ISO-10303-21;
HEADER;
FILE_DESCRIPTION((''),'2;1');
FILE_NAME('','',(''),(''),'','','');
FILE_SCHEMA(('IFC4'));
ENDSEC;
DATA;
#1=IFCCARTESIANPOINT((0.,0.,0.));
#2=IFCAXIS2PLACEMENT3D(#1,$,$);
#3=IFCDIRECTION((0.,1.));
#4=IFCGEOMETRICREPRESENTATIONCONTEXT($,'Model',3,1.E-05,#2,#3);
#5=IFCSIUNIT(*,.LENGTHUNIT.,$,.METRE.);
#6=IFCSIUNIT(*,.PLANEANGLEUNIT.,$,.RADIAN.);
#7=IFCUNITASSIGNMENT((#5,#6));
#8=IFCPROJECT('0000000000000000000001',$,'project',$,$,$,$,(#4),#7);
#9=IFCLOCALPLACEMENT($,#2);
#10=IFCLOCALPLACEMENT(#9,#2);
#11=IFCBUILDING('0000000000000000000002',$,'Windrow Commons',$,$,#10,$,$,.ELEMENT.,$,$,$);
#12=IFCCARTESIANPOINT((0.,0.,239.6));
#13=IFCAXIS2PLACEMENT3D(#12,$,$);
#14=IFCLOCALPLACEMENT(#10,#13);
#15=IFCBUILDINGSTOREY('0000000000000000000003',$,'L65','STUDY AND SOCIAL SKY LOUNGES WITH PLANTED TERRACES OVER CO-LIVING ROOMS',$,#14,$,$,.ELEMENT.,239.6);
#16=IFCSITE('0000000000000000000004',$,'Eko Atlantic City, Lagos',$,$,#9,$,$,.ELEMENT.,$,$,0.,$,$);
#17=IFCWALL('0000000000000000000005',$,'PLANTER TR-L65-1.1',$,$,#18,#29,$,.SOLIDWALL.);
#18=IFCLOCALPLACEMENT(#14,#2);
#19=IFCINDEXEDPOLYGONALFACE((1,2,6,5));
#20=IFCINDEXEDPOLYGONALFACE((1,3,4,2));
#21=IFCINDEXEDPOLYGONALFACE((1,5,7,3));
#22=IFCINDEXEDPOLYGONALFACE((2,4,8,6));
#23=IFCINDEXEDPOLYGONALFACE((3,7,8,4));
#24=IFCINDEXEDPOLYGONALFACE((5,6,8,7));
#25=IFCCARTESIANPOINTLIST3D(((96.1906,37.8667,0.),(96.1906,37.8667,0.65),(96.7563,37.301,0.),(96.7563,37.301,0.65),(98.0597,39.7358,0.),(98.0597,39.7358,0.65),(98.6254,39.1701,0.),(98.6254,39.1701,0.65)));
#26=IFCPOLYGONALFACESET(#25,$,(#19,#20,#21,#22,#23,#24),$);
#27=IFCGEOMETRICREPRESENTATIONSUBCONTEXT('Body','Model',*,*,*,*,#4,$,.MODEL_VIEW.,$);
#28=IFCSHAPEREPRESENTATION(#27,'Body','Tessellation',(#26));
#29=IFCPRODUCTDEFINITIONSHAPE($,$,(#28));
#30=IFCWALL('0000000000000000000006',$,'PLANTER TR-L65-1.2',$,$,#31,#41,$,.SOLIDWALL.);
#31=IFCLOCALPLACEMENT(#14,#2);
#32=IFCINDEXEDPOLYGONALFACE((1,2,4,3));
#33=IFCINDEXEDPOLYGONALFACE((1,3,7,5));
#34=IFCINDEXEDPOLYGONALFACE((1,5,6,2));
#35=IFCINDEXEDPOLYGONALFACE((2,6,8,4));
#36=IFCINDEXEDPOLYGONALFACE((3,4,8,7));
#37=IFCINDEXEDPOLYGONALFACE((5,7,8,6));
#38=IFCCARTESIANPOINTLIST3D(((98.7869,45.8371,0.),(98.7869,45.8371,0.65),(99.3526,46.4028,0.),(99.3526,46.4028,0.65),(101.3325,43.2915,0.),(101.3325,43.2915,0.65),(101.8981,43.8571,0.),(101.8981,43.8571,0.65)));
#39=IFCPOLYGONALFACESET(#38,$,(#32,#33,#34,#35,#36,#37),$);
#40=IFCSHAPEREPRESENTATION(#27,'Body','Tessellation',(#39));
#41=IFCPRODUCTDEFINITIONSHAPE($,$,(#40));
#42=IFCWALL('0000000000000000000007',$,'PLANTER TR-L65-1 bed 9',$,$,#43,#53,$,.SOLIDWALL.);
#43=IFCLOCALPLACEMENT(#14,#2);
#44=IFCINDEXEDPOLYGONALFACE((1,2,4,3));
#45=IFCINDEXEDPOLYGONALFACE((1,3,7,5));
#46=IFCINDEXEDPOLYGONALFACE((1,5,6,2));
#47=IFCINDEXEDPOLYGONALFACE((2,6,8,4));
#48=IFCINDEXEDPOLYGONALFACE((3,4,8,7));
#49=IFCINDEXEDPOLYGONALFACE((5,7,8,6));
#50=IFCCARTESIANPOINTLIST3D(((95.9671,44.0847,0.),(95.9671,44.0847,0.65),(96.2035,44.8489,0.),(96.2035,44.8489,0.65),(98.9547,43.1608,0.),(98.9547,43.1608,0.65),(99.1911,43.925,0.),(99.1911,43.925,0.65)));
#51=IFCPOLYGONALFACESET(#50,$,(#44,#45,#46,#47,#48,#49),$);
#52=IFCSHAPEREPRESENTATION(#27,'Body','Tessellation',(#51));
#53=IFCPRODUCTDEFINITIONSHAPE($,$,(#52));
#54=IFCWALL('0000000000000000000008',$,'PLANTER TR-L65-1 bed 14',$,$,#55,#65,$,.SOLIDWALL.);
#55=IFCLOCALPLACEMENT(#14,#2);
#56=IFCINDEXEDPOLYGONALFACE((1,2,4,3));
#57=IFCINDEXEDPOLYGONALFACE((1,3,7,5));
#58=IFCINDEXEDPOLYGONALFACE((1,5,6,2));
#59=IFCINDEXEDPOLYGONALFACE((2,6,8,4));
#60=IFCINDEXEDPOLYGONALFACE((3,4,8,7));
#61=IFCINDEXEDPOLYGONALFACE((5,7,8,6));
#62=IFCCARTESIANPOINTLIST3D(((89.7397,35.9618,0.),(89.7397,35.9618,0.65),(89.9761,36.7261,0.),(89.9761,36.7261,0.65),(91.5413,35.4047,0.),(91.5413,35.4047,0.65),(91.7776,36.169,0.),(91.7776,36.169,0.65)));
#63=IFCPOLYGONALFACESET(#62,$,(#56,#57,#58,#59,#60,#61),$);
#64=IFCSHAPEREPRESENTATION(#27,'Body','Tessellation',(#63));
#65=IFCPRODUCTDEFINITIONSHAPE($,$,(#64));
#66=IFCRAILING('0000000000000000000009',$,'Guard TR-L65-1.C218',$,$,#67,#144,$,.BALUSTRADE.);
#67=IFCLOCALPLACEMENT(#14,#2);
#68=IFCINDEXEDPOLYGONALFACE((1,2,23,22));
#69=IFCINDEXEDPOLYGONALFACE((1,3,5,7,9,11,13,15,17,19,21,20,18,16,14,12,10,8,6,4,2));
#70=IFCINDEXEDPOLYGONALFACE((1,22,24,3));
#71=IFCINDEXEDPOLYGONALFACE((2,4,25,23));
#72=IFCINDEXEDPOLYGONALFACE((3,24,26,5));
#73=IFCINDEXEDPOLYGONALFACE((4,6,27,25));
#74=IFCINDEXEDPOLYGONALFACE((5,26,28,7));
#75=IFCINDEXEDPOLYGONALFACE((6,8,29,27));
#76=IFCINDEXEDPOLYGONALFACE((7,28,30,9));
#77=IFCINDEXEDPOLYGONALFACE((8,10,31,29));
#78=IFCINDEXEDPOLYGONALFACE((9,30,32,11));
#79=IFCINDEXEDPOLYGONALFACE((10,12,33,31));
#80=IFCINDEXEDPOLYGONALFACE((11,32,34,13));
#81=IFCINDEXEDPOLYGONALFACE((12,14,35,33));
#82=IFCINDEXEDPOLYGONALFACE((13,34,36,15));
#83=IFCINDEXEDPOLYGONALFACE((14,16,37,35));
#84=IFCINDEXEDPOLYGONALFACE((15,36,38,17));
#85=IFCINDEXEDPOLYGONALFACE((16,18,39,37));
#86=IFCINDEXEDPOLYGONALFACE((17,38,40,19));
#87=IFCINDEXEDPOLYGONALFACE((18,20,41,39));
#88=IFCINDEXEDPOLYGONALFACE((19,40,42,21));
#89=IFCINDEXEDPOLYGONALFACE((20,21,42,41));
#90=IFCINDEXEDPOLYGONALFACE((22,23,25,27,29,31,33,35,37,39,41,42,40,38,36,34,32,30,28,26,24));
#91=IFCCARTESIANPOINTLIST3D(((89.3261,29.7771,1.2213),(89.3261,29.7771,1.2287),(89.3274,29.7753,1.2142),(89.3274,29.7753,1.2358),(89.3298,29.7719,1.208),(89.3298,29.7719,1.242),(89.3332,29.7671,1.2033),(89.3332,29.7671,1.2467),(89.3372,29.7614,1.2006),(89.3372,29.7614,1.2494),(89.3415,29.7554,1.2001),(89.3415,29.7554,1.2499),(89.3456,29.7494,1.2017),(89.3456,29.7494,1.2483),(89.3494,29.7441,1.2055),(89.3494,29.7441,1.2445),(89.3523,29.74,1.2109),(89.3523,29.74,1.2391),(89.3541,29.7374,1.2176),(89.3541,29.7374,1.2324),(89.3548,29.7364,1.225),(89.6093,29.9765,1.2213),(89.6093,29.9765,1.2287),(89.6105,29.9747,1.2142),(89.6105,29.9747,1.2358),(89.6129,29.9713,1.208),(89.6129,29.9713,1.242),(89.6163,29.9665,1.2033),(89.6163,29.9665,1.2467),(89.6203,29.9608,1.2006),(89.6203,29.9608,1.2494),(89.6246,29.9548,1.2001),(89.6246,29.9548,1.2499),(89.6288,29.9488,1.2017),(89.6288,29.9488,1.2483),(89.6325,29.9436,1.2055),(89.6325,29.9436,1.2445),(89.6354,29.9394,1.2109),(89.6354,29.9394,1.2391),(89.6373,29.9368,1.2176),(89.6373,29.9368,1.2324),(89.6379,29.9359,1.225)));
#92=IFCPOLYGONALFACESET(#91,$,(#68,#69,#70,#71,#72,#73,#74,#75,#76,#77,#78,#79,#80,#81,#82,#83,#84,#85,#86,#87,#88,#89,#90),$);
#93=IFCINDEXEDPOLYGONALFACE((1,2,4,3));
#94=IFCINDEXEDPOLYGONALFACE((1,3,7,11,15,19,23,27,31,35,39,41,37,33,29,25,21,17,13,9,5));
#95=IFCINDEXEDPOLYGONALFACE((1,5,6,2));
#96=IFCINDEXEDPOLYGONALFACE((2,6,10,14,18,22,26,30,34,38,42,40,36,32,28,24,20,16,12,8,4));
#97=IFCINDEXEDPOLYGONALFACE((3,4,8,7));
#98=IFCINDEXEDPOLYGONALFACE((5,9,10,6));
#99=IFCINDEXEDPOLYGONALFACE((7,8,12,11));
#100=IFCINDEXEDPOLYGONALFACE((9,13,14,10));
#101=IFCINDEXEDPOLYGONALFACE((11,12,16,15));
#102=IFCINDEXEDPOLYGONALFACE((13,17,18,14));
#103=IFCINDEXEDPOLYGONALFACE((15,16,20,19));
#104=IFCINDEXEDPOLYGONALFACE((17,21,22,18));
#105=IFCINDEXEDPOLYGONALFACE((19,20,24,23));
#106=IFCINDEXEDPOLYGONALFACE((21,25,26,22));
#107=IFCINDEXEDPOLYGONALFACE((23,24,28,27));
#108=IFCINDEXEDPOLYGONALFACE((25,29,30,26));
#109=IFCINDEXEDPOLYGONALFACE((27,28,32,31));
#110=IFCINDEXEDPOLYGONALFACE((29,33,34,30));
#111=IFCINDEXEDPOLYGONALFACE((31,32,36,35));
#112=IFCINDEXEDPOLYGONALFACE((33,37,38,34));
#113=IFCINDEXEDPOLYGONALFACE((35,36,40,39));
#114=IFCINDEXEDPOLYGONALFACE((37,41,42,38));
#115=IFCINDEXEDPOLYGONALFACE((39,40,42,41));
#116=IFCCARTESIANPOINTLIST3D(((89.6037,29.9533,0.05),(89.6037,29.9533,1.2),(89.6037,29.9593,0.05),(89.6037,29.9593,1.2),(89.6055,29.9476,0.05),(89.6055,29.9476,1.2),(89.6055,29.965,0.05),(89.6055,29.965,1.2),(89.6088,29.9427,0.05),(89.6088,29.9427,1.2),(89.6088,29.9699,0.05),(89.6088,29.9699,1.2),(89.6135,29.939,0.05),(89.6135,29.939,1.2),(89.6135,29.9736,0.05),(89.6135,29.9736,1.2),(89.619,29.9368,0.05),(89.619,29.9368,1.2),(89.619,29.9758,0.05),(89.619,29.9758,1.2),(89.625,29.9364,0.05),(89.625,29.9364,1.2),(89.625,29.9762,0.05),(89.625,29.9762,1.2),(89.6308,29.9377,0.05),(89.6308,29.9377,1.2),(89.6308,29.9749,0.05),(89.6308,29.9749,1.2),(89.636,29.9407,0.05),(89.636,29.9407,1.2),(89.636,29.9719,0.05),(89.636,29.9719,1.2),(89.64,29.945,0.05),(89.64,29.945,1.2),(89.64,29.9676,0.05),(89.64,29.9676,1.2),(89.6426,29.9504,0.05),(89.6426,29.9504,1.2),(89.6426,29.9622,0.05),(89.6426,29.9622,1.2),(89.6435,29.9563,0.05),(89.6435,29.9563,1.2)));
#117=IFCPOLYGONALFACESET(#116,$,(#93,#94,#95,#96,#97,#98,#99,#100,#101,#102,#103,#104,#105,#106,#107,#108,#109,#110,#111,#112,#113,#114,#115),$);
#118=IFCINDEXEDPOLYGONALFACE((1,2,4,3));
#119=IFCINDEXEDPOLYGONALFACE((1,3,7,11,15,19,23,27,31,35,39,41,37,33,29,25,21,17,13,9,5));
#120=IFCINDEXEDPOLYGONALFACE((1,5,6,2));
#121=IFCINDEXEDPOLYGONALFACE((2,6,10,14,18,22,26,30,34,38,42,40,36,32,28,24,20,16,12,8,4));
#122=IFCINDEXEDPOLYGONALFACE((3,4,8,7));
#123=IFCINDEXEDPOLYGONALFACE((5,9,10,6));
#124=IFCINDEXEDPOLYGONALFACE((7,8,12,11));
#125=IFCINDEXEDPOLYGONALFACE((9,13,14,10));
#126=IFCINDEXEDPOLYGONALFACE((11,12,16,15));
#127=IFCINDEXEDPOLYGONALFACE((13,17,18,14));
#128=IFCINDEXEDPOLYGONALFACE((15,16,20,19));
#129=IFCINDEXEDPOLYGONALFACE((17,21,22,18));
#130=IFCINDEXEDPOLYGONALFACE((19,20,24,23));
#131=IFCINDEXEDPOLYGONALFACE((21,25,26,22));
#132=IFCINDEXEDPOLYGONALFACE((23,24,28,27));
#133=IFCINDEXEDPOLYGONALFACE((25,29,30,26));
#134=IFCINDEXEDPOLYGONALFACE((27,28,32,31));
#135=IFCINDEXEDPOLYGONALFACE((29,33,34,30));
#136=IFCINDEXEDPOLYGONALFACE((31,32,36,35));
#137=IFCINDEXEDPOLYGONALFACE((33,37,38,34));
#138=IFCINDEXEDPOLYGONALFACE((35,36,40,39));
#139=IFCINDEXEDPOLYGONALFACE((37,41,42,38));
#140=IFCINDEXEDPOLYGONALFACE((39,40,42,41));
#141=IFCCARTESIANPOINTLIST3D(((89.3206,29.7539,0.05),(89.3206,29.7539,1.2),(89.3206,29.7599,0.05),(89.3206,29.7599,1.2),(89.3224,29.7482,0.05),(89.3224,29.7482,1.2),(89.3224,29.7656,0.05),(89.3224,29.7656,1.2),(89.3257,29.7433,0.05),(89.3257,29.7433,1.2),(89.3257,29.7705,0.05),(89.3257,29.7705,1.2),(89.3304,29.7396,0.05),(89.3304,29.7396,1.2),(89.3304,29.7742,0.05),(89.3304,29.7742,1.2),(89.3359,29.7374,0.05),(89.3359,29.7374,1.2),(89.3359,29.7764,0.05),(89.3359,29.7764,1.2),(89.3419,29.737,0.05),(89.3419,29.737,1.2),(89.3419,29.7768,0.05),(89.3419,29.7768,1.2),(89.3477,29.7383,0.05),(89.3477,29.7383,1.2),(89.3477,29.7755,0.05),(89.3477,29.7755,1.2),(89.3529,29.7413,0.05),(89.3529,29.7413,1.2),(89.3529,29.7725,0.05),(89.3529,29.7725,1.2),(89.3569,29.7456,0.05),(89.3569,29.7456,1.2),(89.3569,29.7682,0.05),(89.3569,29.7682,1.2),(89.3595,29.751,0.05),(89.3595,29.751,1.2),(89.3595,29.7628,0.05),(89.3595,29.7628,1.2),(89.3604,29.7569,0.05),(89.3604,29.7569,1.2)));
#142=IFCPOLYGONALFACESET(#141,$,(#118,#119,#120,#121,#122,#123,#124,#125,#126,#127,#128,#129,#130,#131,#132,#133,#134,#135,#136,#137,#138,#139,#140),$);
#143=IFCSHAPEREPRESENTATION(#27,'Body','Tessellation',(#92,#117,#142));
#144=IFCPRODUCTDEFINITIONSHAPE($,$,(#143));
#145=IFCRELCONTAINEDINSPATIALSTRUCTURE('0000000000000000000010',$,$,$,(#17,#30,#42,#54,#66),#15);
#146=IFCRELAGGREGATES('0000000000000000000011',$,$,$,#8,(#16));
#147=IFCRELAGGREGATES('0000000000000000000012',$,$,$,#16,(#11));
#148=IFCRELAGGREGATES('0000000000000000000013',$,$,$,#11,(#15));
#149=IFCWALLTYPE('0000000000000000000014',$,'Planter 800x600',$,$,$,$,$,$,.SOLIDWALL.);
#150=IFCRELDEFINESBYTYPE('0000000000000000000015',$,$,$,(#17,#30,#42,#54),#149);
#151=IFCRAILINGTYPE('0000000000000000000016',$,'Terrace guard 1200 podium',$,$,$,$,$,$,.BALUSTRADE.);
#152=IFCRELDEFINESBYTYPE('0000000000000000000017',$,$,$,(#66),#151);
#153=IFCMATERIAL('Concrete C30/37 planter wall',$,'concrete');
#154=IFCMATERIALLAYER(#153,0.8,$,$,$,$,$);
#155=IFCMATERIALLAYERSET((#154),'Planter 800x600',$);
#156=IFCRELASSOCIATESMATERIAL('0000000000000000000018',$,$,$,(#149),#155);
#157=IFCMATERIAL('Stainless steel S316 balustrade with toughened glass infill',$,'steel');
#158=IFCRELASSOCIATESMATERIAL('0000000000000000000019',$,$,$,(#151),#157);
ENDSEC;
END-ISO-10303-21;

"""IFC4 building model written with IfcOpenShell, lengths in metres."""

from ifc_helpers import new_model, si_unit, direction, frame, frame_2d, origin, origin_2d, place, context, subcontext, project, spatial, rectangle, circle, extrude, material, layer, layer_set, type_object, element, save


model = new_model("IFC4")

# Units and contexts
model_context = context("Model", 3, precision=1e-05, world=origin(), true_north=direction((0.0, 1.0)))
body_context = subcontext(model_context, "Body", "Model", "MODEL_VIEW")
ifc_project = project(units=[si_unit("LENGTHUNIT", "METRE"), si_unit("PLANEANGLEUNIT", "RADIAN")], contexts=[model_context])

# Site, building, storey
site_placement = place(None, origin())
site = spatial("IfcSite", under=ifc_project, at=site_placement, Name="Eko Atlantic City, Lagos", CompositionType="ELEMENT", RefElevation=0.0)
building_placement = place(site_placement, origin())
building = spatial("IfcBuilding", under=site, at=building_placement, Name="Windrow Commons", CompositionType="ELEMENT")
storey_placement = place(building_placement, frame((0.0, 0.0, 239.6)))
storey = spatial("IfcBuildingStorey", under=building, at=storey_placement, Name="L65", Description="STUDY AND SOCIAL SKY LOUNGES WITH PLANTED TERRACES OVER CO-LIVING ROOMS", CompositionType="ELEMENT", Elevation=239.6)

# Walls
ifc_material_1 = material(Name="Concrete C30/37 planter wall", Category="concrete")
ifc_layer_1 = layer(ifc_material_1, 0.8)
ifc_layer_set_1 = layer_set([ifc_layer_1], Name="Planter 800x600")
wall_type_1 = type_object("IfcWallType", Name="Planter 800x600", PredefinedType="SOLIDWALL", material=ifc_layer_set_1)
wall_1_placement = place(storey_placement, frame((96.4735, 37.5839, 0.0), z_axis=(0.0, 0.0, 1.0), x_axis=(0.707107, 0.707107, 0.0)))
element("IfcWall", 1, at=wall_1_placement, inside=storey, type_object=wall_type_1, Name="PLANTER TR-L65-1.1", PredefinedType="SOLIDWALL", context=body_context, shape_type="SweptSolid", body=[
    extrude(rectangle(XDim=2.6433, YDim=0.8, at=frame_2d((1.3216, 0.0))), origin(), (0.0, 0.0, 1.0), 0.65),
])
wall_2_placement = place(storey_placement, frame((101.6153, 43.5743, 0.0), z_axis=(0.0, 0.0, 1.0), x_axis=(-0.707093, 0.707121, 0.0)))
element("IfcWall", 2, at=wall_2_placement, inside=storey, type_object=wall_type_1, Name="PLANTER TR-L65-1.2", PredefinedType="SOLIDWALL", context=body_context, shape_type="SweptSolid", body=[
    extrude(rectangle(XDim=3.6, YDim=0.8, at=frame_2d((1.8, 0.0))), origin(), (0.0, 0.0, 1.0), 0.65),
])
wall_3_placement = place(storey_placement, frame((99.0729, 43.5429, 0.0), z_axis=(0.0, 0.0, 1.0), x_axis=(-0.955361, 0.295441, 0.0)))
element("IfcWall", 3, at=wall_3_placement, inside=storey, type_object=wall_type_1, Name="PLANTER TR-L65-1 bed 9", PredefinedType="SOLIDWALL", context=body_context, shape_type="SweptSolid", body=[
    extrude(rectangle(XDim=3.1272, YDim=0.8, at=frame_2d((1.5636, 0.0))), origin(), (0.0, 0.0, 1.0), 0.65),
])
wall_4_placement = place(storey_placement, frame((91.6594, 35.7869, 0.0), z_axis=(0.0, 0.0, 1.0), x_axis=(-0.955362, 0.295438, 0.0)))
element("IfcWall", 4, at=wall_4_placement, inside=storey, type_object=wall_type_1, Name="PLANTER TR-L65-1 bed 14", PredefinedType="SOLIDWALL", context=body_context, shape_type="SweptSolid", body=[
    extrude(rectangle(XDim=1.8857, YDim=0.8, at=frame_2d((0.9428, 0.0))), origin(), (0.0, 0.0, 1.0), 0.65),
])

# Railing
ifc_material_2 = material(Name="Stainless steel S316 balustrade with toughened glass infill", Category="steel")
railing_type = type_object("IfcRailingType", Name="Terrace guard 1200 podium", PredefinedType="BALUSTRADE", material=ifc_material_2)
railing_1_placement = place(storey_placement, frame((89.6235, 29.9563, 0.05)))
element("IfcRailing", 5, at=railing_1_placement, inside=storey, type_object=railing_type, Name="Guard TR-L65-1.C218", PredefinedType="BALUSTRADE", context=body_context, shape_type="SweptSolid", body=[
    extrude(circle(Radius=0.025, at=origin_2d()), frame((0.0, 0.0, 1.175), z_axis=(-0.81756, -0.575844, 0.0), x_axis=(0.575844, -0.81756, 0.0)), (0.0, 0.0, 1.0), 0.3463),
    extrude(circle(Radius=0.02, at=origin_2d()), origin(), (0.0, 0.0, 1.0), 1.15),
    extrude(circle(Radius=0.02, at=origin_2d()), frame((-0.2831, -0.1994, 0.0)), (0.0, 0.0, 1.0), 1.15),
])

save(model, "model.ifc")
